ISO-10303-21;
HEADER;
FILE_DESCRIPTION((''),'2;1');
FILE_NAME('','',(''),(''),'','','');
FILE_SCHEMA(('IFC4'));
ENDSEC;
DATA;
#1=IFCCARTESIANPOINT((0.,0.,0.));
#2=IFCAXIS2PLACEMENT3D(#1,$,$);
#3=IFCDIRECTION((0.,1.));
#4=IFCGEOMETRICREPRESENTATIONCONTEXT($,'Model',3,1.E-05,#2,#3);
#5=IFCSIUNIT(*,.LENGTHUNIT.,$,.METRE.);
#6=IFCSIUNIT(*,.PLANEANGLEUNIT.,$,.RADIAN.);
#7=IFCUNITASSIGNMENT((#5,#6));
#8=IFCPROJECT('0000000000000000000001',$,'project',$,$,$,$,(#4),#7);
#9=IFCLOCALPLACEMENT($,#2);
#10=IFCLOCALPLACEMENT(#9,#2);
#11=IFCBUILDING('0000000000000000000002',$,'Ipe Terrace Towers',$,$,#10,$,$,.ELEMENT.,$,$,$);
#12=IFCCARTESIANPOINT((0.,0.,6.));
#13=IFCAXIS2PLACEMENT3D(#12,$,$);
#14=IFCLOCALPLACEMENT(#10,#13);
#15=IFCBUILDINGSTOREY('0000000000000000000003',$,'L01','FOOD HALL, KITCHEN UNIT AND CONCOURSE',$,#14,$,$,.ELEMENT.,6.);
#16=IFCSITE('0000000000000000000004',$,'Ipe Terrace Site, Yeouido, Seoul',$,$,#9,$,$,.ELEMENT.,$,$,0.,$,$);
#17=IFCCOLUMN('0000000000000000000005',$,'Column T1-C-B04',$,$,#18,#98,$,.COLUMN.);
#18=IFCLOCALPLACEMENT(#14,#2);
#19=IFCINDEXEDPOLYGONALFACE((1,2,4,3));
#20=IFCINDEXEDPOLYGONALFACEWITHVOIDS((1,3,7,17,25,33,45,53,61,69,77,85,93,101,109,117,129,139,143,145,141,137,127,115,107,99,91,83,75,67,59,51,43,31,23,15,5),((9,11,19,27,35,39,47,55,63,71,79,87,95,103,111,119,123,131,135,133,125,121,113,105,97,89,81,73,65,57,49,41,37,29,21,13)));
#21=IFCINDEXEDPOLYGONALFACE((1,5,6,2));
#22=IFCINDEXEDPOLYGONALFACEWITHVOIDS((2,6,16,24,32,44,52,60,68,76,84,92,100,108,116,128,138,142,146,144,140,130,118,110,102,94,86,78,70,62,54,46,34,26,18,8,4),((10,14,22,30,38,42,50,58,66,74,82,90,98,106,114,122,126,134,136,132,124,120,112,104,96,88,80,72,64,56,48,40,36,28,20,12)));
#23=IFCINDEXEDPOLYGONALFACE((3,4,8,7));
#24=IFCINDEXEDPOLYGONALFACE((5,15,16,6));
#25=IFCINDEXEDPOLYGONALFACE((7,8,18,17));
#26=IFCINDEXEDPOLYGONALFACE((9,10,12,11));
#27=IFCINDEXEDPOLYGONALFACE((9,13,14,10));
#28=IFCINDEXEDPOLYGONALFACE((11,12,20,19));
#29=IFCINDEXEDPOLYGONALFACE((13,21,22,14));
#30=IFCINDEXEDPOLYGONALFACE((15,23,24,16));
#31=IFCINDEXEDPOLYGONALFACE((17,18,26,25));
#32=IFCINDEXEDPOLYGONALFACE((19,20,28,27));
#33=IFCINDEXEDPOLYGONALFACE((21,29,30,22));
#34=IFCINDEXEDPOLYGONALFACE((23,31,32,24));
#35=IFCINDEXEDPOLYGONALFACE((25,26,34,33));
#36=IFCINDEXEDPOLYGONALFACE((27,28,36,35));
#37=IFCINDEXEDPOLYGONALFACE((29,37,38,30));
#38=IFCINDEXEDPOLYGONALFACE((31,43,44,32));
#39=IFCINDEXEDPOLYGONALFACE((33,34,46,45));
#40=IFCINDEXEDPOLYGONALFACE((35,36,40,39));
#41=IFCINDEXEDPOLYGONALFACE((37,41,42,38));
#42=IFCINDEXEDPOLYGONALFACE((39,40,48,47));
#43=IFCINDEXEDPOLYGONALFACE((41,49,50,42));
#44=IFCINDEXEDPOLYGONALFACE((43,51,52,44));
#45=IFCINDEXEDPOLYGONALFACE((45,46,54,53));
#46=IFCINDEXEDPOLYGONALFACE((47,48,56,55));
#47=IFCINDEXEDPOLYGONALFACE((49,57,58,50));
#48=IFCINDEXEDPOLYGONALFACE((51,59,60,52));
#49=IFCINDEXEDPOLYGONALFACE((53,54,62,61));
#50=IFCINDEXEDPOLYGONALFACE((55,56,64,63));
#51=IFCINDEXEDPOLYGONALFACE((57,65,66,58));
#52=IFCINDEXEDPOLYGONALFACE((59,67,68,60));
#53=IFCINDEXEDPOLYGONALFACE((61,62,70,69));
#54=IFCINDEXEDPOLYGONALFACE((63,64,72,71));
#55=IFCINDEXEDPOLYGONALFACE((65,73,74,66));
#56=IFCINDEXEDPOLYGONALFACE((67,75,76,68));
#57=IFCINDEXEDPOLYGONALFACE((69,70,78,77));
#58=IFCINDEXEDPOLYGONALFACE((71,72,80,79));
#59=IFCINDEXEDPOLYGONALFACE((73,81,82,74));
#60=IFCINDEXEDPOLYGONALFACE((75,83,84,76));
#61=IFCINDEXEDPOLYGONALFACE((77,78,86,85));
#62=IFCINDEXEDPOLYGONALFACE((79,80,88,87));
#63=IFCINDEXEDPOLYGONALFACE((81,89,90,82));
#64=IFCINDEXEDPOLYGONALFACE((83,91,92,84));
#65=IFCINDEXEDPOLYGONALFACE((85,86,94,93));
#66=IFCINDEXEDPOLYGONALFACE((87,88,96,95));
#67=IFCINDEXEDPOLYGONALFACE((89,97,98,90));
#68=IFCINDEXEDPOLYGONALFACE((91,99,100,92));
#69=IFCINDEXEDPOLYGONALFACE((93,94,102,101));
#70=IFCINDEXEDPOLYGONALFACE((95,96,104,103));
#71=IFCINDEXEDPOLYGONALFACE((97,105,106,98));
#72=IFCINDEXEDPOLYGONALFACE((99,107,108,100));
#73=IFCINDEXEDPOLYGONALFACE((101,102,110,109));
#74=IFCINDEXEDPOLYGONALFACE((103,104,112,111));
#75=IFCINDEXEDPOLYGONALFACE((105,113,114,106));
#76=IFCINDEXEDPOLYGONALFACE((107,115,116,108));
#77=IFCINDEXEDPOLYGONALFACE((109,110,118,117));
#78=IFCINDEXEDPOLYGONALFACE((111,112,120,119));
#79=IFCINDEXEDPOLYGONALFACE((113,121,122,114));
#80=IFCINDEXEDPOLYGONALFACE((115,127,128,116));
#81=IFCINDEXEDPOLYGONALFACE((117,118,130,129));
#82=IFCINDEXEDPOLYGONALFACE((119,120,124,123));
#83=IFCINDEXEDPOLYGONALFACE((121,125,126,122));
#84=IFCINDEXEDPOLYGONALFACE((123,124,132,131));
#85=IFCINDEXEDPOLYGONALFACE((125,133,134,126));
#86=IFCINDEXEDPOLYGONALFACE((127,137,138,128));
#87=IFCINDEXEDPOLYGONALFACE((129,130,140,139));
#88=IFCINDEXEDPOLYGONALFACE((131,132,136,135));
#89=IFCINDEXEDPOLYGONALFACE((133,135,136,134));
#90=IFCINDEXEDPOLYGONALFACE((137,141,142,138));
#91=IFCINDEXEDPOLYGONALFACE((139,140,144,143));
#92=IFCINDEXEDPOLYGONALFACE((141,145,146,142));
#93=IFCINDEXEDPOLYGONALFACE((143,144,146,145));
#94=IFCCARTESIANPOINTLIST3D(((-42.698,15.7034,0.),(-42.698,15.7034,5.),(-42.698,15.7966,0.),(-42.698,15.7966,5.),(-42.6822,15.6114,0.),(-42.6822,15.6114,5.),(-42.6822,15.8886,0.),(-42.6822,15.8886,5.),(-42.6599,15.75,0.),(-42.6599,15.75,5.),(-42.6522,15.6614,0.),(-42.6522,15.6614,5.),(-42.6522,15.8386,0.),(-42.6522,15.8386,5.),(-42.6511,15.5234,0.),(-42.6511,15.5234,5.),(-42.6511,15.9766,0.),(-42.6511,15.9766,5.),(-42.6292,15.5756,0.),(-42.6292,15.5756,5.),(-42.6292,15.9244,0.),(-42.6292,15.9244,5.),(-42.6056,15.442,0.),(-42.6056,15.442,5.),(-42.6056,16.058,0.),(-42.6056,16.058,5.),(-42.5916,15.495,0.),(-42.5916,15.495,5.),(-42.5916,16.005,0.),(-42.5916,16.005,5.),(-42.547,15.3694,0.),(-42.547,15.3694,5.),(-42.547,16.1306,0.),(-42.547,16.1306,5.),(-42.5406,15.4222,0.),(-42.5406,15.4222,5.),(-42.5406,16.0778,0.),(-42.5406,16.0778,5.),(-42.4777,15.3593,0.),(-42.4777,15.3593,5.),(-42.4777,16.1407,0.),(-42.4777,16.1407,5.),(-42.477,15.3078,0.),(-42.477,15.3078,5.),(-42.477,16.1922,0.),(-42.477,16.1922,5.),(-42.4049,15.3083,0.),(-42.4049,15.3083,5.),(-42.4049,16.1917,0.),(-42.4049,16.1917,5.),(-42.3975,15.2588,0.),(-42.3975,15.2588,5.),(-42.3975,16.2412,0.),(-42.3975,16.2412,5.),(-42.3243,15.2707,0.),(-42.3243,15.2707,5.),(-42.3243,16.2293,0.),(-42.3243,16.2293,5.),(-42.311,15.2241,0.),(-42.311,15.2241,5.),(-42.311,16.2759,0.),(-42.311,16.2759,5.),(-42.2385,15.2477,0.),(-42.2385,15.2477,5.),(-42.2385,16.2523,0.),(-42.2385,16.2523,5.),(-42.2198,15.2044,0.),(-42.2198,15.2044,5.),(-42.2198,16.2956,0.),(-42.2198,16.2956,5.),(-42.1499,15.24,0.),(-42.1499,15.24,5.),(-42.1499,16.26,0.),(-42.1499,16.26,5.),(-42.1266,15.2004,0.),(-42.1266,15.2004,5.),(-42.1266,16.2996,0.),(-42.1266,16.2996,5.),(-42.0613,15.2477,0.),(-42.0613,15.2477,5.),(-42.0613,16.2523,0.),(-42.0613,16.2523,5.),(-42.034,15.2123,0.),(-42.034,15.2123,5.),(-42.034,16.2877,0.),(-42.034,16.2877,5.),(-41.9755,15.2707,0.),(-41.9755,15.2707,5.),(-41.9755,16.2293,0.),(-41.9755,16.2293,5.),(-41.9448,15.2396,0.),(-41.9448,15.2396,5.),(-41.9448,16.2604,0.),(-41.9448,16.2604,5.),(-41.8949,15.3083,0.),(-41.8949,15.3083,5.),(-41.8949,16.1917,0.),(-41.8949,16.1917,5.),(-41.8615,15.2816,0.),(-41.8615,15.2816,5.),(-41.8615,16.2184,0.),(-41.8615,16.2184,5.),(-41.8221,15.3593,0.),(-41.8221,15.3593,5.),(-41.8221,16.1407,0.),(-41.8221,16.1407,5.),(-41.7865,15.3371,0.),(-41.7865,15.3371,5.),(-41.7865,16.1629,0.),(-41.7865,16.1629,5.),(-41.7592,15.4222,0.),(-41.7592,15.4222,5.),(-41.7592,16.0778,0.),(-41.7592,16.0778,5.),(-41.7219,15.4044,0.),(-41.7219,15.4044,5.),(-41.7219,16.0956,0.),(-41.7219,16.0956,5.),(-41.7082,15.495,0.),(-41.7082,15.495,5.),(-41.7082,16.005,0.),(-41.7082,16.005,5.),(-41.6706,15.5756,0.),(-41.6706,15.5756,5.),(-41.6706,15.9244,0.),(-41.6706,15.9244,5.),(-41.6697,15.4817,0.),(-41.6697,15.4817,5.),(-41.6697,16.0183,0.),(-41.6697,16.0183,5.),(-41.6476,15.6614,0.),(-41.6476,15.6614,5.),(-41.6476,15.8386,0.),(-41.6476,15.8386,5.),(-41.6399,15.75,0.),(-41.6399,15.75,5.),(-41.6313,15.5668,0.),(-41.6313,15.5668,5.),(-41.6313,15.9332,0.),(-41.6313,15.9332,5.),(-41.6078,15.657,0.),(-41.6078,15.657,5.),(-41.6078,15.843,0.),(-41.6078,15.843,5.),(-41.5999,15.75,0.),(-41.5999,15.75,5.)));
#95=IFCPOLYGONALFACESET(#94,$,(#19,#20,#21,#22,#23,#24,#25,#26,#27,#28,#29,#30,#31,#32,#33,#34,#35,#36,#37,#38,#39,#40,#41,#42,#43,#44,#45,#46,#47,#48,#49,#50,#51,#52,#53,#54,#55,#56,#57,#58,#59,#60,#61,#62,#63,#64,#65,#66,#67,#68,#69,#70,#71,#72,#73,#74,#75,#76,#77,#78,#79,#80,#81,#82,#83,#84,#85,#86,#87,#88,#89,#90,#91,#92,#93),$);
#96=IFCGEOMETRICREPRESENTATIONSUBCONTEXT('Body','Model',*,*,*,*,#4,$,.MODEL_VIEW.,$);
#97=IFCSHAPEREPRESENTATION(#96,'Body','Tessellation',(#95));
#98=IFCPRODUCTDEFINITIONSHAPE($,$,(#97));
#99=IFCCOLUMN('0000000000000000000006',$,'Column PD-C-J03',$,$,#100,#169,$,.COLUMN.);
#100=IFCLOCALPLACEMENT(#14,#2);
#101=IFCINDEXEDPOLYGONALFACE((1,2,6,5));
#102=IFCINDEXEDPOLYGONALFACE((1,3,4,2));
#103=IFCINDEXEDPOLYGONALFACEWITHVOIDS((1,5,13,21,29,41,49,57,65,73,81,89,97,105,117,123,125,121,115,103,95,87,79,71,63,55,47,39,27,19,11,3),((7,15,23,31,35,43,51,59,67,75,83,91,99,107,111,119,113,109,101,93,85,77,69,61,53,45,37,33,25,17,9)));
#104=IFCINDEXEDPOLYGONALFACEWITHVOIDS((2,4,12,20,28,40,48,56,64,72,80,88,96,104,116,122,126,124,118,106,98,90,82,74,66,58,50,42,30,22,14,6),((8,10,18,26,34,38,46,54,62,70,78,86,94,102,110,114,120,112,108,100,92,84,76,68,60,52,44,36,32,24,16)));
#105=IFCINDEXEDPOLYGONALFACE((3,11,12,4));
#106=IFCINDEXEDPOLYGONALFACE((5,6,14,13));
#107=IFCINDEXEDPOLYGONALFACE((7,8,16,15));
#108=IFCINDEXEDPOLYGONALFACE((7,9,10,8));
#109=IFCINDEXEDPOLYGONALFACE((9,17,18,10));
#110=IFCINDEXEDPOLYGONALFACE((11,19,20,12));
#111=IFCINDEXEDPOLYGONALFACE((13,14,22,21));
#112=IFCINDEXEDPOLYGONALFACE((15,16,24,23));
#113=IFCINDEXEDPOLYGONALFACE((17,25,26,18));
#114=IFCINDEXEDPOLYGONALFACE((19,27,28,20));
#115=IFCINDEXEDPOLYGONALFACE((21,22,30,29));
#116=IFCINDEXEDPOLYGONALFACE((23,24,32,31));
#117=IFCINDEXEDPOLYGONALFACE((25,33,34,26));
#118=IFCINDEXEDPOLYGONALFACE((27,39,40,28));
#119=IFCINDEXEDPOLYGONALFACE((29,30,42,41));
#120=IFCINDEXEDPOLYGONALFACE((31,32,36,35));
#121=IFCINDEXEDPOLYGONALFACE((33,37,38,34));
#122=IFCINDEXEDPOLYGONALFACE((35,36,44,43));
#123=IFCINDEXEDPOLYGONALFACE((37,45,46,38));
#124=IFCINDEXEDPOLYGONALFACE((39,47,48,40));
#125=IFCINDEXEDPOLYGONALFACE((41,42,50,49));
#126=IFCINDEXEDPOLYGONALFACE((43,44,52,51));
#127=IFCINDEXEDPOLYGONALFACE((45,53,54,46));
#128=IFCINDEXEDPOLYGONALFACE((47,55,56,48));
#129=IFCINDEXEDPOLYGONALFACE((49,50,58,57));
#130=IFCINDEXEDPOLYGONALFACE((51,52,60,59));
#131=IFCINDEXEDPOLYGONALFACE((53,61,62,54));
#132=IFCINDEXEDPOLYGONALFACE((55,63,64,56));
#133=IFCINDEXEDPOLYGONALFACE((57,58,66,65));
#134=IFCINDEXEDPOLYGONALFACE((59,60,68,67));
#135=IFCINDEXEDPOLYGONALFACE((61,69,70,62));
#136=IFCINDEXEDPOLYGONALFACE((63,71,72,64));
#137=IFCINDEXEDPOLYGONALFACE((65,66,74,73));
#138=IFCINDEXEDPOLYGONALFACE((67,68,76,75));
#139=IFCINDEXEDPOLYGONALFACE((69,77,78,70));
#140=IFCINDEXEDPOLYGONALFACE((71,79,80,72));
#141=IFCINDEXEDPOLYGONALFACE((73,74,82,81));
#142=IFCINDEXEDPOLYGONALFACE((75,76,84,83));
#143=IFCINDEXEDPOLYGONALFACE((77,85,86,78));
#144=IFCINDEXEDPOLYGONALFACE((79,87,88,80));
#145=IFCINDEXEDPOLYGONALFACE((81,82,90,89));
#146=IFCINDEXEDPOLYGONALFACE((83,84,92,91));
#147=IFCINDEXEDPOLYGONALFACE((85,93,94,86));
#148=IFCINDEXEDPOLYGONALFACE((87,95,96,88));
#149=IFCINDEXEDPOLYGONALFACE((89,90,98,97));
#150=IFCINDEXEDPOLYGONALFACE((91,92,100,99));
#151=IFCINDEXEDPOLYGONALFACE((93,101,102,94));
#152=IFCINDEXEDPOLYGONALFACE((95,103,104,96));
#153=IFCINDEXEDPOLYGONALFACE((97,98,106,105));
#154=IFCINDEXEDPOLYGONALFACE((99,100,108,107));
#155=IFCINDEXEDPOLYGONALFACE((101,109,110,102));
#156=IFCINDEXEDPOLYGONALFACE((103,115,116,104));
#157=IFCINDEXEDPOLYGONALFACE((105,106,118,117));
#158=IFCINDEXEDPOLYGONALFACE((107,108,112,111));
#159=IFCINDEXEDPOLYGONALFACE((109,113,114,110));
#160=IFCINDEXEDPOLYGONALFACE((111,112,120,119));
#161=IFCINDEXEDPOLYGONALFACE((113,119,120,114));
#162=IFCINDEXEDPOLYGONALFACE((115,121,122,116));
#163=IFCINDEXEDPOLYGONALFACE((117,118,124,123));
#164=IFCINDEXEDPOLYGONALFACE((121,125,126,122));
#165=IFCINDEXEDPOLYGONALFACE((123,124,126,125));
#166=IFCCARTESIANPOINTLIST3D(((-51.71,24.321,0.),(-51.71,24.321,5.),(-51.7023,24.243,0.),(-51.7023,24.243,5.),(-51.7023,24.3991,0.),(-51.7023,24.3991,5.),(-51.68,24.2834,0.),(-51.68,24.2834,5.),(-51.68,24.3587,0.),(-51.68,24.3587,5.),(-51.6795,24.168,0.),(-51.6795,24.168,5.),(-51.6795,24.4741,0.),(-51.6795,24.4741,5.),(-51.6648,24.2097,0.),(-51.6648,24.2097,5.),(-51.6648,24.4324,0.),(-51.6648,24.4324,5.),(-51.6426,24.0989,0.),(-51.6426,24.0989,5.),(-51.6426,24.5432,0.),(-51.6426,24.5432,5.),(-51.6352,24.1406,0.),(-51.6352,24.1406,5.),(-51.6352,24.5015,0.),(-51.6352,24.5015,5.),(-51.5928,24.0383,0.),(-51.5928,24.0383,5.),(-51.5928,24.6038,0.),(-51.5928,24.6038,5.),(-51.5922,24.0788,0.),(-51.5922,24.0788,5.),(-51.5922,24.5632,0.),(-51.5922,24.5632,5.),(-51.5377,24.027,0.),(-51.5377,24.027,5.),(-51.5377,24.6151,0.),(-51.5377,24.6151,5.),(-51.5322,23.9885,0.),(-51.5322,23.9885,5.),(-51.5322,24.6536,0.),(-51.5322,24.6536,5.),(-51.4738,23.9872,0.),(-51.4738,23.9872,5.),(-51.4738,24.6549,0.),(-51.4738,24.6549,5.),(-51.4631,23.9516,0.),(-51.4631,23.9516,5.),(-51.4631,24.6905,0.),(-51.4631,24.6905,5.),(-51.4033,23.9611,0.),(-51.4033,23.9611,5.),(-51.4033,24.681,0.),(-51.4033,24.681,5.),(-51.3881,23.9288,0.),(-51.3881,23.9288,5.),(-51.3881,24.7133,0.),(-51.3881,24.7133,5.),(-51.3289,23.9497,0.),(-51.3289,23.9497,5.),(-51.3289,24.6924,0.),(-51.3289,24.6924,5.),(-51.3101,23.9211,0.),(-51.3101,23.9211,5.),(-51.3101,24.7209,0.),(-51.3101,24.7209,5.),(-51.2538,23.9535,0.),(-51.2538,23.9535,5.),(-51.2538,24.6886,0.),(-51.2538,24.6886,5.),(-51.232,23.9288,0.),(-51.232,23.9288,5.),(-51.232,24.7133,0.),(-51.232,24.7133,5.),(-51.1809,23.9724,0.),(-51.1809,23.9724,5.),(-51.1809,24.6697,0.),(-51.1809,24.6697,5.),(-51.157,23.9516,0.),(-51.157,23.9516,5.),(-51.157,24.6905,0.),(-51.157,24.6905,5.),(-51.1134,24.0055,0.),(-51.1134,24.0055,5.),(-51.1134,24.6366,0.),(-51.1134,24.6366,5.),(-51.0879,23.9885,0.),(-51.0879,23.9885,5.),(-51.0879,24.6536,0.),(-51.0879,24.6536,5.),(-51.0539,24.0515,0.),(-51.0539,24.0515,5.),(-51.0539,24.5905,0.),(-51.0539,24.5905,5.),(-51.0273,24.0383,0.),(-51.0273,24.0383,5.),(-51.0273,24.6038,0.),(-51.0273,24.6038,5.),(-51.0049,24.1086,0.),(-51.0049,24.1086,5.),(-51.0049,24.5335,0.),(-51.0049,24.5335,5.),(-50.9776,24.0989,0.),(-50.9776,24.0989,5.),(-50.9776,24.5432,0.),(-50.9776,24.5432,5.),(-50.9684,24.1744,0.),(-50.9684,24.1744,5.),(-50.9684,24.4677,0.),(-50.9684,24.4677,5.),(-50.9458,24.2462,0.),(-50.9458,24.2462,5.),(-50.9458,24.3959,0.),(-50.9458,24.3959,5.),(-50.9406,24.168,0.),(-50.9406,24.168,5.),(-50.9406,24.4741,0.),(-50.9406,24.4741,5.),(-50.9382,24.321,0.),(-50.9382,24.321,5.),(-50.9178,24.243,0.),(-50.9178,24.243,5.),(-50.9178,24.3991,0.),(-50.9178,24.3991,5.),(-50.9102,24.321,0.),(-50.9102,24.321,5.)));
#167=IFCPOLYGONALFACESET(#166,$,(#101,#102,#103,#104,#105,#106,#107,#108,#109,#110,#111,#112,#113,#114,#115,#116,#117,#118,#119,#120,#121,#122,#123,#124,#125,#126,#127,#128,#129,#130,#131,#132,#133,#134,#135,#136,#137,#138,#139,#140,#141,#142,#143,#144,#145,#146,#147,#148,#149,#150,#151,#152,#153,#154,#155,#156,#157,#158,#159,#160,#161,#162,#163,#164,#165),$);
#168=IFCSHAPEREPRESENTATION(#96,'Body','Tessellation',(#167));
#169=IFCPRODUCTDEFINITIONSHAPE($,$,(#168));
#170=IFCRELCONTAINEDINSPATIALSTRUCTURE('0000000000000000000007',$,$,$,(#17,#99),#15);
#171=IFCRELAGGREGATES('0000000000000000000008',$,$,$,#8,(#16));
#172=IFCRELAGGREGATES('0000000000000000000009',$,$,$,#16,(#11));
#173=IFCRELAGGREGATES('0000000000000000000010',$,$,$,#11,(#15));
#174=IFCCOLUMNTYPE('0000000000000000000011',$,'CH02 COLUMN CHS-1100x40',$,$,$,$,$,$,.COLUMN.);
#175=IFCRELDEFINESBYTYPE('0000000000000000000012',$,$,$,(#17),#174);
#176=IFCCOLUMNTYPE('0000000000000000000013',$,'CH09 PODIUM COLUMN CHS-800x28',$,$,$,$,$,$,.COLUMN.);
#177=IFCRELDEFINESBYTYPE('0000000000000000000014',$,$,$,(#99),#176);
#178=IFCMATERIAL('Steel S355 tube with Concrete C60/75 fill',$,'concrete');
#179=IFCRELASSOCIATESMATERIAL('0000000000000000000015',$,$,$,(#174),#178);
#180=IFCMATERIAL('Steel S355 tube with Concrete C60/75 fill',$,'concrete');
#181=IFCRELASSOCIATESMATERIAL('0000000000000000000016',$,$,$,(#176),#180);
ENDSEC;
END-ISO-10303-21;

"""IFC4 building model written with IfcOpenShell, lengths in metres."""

from ifc_helpers import new_model, si_unit, direction, frame, origin, origin_2d, place, context, subcontext, project, spatial, hollow_circle, extrude, material, material_profile, profile_set, type_object, element, save


model = new_model("IFC4")

# Units and contexts
model_context = context("Model", 3, precision=1e-05, world=origin(), true_north=direction((0.0, 1.0)))
body_context = subcontext(model_context, "Body", "Model", "MODEL_VIEW")
ifc_project = project(units=[si_unit("LENGTHUNIT", "METRE"), si_unit("PLANEANGLEUNIT", "RADIAN")], contexts=[model_context])

# Site, building, storey
site_placement = place(None, origin())
site = spatial("IfcSite", under=ifc_project, at=site_placement, Name="Ipe Terrace Site, Yeouido, Seoul", CompositionType="ELEMENT", RefElevation=0.0)
building_placement = place(site_placement, origin())
building = spatial("IfcBuilding", under=site, at=building_placement, Name="Ipe Terrace Towers", CompositionType="ELEMENT")
storey_placement = place(building_placement, frame((0.0, 0.0, 6.0)))
storey = spatial("IfcBuildingStorey", under=building, at=storey_placement, Name="L01", Description="FOOD HALL, KITCHEN UNIT AND CONCOURSE", CompositionType="ELEMENT", Elevation=6.0)

# Columns
ifc_material_1 = material(Name="Steel S355 tube with Concrete C60/75 fill", Category="concrete")
ifc_material_profile_1 = material_profile(ifc_material_1, hollow_circle(Radius=0.55, WallThickness=0.04, at=origin_2d()), Name="CHS-1100x40")
ifc_profile_set_1 = profile_set([ifc_material_profile_1], Name="Steel S355 tube with Concrete C60/75 fill")
column_type_1 = type_object("IfcColumnType", Name="CH02 COLUMN CHS-1100x40", PredefinedType="COLUMN", material=ifc_profile_set_1)
column_placement = place(storey_placement, frame((-42.1499, 15.75, 0.0), z_axis=(0.0, 0.0, 1.0), x_axis=(1.0, 0.0, 0.0)))
element("IfcColumn", 1, at=column_placement, inside=storey, type_object=column_type_1, Name="Column T1-C-B04", PredefinedType="COLUMN", context=body_context, shape_type="SweptSolid", body=[
    extrude(hollow_circle(Radius=0.55, WallThickness=0.04, at=origin_2d()), origin(), (0.0, 0.0, 1.0), 5.0),
])
ifc_material_2 = material(Name="Steel S355 tube with Concrete C60/75 fill", Category="concrete")
ifc_material_profile_2 = material_profile(ifc_material_2, hollow_circle(Radius=0.3999, WallThickness=0.0281, at=origin_2d()), Name="CHS-800x28")
ifc_profile_set_2 = profile_set([ifc_material_profile_2], Name="Steel S355 tube with Concrete C60/75 fill")
column_type_2 = type_object("IfcColumnType", Name="CH09 PODIUM COLUMN CHS-800x28", PredefinedType="COLUMN", material=ifc_profile_set_2)
for number, where, z_axis, x_axis, name in (
    (2, (-51.3101, 24.321, 0.0), (0.0, 0.0, 1.0), (1.0, 0.0, 0.0), "Column PD-C-J03"),
):
    element("IfcColumn", number, at=place(storey_placement, frame(where, z_axis=z_axis, x_axis=x_axis)), inside=storey, type_object=column_type_2, Name=name, PredefinedType="COLUMN", context=body_context, shape_type="SweptSolid", body=[
        extrude(hollow_circle(Radius=0.3999, WallThickness=0.0281, at=origin_2d()), origin(), (0.0, 0.0, 1.0), 5.0),
    ])

save(model, "model.ifc")
